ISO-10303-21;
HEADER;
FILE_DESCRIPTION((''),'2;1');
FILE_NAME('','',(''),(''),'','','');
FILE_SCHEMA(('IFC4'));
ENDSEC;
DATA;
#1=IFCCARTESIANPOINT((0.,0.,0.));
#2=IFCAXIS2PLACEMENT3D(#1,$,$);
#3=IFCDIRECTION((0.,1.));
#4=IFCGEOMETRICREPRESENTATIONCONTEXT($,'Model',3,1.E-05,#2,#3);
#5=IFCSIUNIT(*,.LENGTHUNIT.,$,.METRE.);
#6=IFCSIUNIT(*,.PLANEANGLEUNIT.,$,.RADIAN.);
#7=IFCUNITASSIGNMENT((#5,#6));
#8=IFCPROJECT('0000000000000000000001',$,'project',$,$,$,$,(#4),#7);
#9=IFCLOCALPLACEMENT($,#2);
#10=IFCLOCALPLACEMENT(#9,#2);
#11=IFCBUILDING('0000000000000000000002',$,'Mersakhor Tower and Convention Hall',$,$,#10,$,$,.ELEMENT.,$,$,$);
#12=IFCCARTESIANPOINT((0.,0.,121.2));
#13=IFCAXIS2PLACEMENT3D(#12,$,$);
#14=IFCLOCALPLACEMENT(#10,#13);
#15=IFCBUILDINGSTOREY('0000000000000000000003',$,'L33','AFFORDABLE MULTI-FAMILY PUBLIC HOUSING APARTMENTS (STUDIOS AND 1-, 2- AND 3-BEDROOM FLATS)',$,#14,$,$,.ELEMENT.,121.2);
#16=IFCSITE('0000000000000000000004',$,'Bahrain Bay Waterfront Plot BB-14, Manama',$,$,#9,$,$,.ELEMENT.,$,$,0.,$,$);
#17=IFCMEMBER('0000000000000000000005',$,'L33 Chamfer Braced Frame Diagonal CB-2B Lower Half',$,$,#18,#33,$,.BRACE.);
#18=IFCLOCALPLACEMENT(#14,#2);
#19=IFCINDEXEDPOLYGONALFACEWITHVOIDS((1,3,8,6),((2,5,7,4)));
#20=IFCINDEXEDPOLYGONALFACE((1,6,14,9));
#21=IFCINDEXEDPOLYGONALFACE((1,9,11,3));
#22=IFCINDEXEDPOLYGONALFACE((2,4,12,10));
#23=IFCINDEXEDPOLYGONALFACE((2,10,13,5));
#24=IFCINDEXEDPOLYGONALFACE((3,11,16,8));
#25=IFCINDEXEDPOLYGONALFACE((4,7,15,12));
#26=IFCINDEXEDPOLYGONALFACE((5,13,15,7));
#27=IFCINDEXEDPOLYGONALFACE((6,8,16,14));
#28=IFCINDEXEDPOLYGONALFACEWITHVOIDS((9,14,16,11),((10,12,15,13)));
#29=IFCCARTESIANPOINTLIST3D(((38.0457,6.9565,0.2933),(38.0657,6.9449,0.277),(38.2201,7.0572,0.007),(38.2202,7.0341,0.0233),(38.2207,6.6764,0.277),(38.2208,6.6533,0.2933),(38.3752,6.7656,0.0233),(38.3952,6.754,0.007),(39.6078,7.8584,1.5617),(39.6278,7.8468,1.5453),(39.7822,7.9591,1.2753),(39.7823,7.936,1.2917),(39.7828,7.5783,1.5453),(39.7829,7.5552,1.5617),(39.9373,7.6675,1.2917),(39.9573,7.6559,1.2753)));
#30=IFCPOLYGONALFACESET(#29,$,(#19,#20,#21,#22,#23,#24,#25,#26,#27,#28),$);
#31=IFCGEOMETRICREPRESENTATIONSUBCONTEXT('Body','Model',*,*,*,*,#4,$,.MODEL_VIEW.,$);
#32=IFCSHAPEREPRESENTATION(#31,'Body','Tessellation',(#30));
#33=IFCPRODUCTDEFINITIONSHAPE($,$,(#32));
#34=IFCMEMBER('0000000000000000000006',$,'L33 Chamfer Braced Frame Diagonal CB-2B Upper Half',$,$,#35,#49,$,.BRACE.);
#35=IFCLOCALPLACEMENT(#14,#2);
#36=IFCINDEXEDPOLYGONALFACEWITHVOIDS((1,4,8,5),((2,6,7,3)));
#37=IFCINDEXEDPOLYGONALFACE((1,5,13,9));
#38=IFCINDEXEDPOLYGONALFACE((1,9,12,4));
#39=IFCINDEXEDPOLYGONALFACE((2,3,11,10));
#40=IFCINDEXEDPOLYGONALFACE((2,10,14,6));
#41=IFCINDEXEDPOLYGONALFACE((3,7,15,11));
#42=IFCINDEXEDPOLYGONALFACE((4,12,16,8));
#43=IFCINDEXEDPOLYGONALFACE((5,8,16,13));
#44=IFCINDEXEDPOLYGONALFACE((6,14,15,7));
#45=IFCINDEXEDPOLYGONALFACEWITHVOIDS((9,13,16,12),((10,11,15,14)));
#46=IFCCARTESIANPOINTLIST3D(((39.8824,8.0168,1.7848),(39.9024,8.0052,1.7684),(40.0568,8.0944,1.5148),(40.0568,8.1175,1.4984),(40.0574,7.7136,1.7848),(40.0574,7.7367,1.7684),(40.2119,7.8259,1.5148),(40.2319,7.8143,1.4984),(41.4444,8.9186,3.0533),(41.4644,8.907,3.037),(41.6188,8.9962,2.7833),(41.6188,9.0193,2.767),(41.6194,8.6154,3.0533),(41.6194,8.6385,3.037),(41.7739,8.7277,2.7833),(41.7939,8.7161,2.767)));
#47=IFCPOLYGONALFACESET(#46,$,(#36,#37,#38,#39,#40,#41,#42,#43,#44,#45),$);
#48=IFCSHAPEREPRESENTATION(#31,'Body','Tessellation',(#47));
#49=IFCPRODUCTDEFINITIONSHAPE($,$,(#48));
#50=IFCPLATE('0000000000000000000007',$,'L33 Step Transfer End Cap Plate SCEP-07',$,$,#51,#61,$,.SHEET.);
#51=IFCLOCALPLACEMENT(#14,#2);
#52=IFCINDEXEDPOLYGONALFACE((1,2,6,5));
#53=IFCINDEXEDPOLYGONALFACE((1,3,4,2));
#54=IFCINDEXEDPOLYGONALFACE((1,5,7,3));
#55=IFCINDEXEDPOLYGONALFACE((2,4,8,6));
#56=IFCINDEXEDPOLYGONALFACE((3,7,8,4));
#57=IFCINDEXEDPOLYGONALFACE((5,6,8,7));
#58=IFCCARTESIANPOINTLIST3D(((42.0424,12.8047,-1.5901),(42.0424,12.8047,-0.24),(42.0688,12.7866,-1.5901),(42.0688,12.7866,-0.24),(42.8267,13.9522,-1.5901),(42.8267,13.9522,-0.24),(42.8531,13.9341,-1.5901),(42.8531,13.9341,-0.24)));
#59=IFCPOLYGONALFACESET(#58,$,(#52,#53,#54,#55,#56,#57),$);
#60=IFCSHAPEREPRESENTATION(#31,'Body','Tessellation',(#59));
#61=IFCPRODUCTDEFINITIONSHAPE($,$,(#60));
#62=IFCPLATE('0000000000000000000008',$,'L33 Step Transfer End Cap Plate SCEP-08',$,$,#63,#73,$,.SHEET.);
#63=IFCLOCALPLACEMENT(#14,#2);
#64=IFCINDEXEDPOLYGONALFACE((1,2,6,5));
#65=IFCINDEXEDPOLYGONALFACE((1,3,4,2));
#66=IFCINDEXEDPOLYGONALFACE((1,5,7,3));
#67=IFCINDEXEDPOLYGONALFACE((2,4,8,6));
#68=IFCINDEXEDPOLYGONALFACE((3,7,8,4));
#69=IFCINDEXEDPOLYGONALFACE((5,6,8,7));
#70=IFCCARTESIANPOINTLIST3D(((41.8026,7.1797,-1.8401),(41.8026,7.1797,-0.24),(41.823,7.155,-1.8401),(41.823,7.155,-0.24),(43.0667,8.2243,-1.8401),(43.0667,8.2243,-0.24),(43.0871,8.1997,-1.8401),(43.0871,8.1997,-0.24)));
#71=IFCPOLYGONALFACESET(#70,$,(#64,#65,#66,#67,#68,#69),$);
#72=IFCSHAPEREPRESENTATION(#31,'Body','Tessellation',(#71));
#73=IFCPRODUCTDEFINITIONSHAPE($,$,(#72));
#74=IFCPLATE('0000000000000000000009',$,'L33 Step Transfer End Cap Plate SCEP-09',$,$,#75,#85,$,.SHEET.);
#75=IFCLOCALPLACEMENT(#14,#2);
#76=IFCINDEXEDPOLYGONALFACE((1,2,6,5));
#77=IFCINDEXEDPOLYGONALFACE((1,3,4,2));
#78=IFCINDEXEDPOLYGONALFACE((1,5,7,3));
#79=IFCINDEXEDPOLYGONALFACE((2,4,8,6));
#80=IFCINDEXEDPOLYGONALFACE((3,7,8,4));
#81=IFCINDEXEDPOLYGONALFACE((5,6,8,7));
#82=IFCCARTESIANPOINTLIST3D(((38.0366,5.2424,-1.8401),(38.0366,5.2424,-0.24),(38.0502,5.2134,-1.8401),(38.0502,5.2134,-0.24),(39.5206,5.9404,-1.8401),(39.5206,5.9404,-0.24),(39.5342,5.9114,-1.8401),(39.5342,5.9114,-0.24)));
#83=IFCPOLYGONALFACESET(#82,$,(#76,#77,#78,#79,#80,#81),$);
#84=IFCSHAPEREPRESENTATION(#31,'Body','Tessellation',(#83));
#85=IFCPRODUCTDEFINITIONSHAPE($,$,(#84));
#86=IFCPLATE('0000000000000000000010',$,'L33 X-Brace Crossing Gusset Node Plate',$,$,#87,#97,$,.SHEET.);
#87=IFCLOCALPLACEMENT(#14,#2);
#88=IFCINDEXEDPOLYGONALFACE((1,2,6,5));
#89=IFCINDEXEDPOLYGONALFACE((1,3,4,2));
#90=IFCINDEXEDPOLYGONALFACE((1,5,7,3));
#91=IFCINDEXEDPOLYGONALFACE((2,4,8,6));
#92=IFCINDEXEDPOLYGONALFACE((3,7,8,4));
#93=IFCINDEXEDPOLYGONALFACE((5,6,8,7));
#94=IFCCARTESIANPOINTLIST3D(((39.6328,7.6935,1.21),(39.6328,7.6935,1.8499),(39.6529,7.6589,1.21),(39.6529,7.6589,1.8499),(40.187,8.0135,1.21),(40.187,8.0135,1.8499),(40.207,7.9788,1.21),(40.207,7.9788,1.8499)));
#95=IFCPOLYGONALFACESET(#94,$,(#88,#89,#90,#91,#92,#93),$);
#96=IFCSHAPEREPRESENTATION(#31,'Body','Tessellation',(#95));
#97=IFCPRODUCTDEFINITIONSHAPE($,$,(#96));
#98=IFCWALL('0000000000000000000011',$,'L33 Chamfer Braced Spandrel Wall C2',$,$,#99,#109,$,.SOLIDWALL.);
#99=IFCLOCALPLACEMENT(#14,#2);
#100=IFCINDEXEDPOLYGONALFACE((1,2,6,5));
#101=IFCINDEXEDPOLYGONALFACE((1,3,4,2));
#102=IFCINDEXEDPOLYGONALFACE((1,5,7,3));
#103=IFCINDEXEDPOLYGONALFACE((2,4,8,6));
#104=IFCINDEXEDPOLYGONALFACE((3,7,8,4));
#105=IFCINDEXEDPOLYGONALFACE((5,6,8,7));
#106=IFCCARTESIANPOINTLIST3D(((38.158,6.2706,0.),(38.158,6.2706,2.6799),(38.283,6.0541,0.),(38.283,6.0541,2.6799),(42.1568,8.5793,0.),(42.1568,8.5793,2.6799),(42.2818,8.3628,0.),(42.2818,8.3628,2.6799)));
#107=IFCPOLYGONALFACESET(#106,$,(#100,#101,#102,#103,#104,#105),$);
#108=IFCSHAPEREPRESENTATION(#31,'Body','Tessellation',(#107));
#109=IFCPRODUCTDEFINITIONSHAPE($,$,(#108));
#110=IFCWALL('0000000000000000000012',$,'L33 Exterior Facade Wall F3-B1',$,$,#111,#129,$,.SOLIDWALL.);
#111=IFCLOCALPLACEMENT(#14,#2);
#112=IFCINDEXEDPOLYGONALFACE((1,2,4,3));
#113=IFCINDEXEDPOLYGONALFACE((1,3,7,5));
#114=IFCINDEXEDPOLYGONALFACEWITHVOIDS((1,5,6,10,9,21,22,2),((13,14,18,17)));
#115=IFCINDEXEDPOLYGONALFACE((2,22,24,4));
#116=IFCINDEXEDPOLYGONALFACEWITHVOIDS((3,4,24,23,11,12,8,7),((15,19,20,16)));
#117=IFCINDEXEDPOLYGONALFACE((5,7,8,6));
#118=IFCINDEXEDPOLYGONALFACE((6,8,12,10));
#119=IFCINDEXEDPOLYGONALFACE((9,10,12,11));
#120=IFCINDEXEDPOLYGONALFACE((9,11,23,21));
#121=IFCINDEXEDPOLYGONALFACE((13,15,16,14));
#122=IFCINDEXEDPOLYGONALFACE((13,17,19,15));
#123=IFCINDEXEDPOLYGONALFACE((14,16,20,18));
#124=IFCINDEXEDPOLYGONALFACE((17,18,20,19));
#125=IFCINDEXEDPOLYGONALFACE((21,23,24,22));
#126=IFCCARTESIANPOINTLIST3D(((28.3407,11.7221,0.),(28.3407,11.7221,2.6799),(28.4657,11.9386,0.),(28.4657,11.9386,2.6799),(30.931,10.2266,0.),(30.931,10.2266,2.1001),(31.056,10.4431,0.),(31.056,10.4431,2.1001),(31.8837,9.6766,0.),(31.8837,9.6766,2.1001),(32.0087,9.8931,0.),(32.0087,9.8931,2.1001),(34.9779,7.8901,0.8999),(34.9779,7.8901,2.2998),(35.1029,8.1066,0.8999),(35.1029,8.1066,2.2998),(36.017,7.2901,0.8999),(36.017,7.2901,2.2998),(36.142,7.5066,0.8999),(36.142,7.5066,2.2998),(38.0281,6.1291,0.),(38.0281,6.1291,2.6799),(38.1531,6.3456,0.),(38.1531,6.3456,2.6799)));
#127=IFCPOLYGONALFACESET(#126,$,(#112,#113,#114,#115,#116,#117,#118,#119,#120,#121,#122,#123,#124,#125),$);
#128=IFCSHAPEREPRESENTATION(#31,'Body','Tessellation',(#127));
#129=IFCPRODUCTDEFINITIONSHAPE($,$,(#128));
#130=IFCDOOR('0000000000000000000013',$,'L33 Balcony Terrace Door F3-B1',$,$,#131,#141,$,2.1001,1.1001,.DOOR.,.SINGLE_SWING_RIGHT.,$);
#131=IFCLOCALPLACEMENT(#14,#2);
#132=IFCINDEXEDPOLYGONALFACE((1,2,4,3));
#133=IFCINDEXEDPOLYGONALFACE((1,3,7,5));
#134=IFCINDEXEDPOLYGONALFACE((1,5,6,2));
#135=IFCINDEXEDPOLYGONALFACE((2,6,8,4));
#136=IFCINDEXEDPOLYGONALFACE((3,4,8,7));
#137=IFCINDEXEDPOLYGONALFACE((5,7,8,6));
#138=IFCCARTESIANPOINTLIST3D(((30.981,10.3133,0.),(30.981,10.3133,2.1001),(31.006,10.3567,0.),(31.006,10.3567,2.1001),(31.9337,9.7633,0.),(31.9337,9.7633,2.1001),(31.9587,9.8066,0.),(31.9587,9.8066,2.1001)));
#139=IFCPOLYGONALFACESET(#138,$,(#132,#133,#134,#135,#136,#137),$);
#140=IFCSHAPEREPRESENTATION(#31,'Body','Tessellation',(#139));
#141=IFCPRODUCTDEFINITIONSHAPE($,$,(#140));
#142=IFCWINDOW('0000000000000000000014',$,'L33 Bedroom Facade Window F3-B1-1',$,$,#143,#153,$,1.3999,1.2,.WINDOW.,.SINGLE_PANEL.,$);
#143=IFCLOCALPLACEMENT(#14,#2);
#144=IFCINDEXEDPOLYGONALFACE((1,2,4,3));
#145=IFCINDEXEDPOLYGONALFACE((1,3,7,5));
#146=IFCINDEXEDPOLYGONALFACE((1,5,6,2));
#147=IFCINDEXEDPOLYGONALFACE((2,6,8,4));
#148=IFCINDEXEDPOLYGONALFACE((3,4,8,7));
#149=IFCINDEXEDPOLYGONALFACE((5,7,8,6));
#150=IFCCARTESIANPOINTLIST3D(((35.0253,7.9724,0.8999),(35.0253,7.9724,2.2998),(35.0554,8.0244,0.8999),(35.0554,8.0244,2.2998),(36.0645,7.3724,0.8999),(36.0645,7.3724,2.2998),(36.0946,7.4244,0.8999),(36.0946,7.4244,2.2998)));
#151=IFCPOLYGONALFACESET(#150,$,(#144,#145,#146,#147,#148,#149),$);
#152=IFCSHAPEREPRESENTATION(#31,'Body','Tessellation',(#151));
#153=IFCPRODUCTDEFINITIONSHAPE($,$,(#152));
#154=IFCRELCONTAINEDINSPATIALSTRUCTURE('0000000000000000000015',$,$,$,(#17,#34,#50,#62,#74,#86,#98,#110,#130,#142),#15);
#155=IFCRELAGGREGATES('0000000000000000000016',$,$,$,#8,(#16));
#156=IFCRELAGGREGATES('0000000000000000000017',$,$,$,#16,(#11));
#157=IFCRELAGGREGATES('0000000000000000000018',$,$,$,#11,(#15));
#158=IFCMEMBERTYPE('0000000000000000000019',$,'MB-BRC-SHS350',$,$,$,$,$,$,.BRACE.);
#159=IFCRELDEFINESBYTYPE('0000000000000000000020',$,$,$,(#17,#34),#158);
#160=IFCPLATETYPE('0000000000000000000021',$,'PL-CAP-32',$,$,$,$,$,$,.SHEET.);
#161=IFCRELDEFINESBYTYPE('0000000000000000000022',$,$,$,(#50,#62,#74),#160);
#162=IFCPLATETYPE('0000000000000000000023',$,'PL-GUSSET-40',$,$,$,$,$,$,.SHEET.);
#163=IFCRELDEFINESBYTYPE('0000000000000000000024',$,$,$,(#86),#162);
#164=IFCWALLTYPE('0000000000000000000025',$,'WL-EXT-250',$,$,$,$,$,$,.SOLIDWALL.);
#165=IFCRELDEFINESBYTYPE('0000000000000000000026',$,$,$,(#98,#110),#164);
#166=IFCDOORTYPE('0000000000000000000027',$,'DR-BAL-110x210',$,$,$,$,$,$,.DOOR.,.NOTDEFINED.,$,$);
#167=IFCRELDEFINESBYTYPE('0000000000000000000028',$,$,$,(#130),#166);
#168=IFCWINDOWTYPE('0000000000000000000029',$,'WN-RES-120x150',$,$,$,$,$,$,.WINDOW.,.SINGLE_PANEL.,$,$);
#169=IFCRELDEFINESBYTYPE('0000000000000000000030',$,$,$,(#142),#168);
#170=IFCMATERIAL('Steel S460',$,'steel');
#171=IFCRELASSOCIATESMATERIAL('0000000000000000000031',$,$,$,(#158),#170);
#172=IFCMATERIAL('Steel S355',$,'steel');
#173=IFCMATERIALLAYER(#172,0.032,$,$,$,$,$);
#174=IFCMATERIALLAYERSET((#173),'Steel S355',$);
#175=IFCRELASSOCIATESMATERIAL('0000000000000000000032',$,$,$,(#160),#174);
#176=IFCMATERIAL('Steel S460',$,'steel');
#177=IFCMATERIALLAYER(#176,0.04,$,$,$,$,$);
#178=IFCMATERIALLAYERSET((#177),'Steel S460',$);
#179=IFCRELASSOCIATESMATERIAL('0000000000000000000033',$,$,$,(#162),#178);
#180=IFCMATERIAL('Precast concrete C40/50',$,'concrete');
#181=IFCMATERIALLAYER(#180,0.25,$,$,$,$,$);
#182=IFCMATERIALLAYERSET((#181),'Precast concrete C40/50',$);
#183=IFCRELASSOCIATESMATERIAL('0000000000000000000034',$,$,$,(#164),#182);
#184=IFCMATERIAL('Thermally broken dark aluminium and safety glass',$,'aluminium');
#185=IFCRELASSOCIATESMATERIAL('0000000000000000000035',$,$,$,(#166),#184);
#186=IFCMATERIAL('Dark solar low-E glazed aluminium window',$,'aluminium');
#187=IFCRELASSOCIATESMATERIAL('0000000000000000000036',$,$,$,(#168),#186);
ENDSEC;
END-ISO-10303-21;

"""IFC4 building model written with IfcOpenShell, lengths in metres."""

from ifc_helpers import new_model, si_unit, direction, frame, frame_2d, origin, origin_2d, place, context, subcontext, project, spatial, rectangle, hollow_rectangle, extrude, material, layer, layer_set, material_profile, profile_set, type_object, element, fill, save


model = new_model("IFC4")

# Units and contexts
model_context = context("Model", 3, precision=1e-05, world=origin(), true_north=direction((0.0, 1.0)))
body_context = subcontext(model_context, "Body", "Model", "MODEL_VIEW")
ifc_project = project(units=[si_unit("LENGTHUNIT", "METRE"), si_unit("PLANEANGLEUNIT", "RADIAN")], contexts=[model_context])

# Site, building, storey
site_placement = place(None, origin())
site = spatial("IfcSite", under=ifc_project, at=site_placement, Name="Bahrain Bay Waterfront Plot BB-14, Manama", CompositionType="ELEMENT", RefElevation=0.0)
building_placement = place(site_placement, origin())
building = spatial("IfcBuilding", under=site, at=building_placement, Name="Mersakhor Tower and Convention Hall", CompositionType="ELEMENT")
storey_placement = place(building_placement, frame((0.0, 0.0, 121.2)))
storey = spatial("IfcBuildingStorey", under=building, at=storey_placement, Name="L33", Description="AFFORDABLE MULTI-FAMILY PUBLIC HOUSING APARTMENTS (STUDIOS AND 1-, 2- AND 3-BEDROOM FLATS)", CompositionType="ELEMENT", Elevation=121.2)

# Members
ifc_material_1 = material(Name="Steel S460", Category="steel")
ifc_material_profile_1 = material_profile(ifc_material_1, hollow_rectangle(XDim=0.3501, YDim=0.3501, WallThickness=0.02, at=origin_2d()), Name="SHS 350x350x20")
ifc_profile_set_1 = profile_set([ifc_material_profile_1], Name="Steel S460")
member_type = type_object("IfcMemberType", Name="MB-BRC-SHS350", PredefinedType="BRACE", material=ifc_profile_set_1)
for number, where, z_axis, x_axis, name in (
    (1, (38.2205, 6.8552, 0.1501), (0.708409, 0.409013, 0.575209), (-0.500011, 0.866019, 0.0), "L33 Chamfer Braced Frame Diagonal CB-2B Lower Half"),
    (2, (40.0571, 7.9155, 1.6416), (0.708364, 0.408987, 0.575283), (-0.500011, 0.866019, 0.0), "L33 Chamfer Braced Frame Diagonal CB-2B Upper Half"),
):
    element("IfcMember", number, at=place(storey_placement, frame(where, z_axis=z_axis, x_axis=x_axis)), inside=storey, type_object=member_type, Name=name, PredefinedType="BRACE", context=body_context, shape_type="SweptSolid", body=[
        extrude(hollow_rectangle(XDim=0.3501, YDim=0.3501, WallThickness=0.02, at=origin_2d()), origin(), (0.0, 0.0, 1.0), 2.2051),
    ])

# Plates
ifc_material_2 = material(Name="Steel S355", Category="steel")
ifc_layer_1 = layer(ifc_material_2, 0.032)
ifc_layer_set_1 = layer_set([ifc_layer_1], Name="Steel S355")
plate_type_1 = type_object("IfcPlateType", Name="PL-CAP-32", PredefinedType="SHEET", material=ifc_layer_set_1)
plate_1_placement = place(storey_placement, frame((42.4478, 13.3694, -1.5901), z_axis=(0.0, 0.0, 1.0), x_axis=(-0.825606, 0.564247, 0.0)))
element("IfcPlate", 3, at=plate_1_placement, inside=storey, type_object=plate_type_1, Name="L33 Step Transfer End Cap Plate SCEP-07", PredefinedType="SHEET", context=body_context, shape_type="SweptSolid", body=[
    extrude(rectangle(XDim=0.032, YDim=1.3899, at=origin_2d()), origin(), (0.0, 0.0, 1.0), 1.3501),
])
for number, where, z_axis, x_axis, name in (
    (4, (42.4448, 7.6897, -1.8401), (0.0, 0.0, 1.0), (-0.63702, 0.770847, 0.0), "L33 Step Transfer End Cap Plate SCEP-08"),
    (5, (38.7854, 5.5769, -1.8401), (0.0, 0.0, 1.0), (-0.425621, 0.904901, 0.0), "L33 Step Transfer End Cap Plate SCEP-09"),
):
    element("IfcPlate", number, at=place(storey_placement, frame(where, z_axis=z_axis, x_axis=x_axis)), inside=storey, type_object=plate_type_1, Name=name, PredefinedType="SHEET", context=body_context, shape_type="SweptSolid", body=[
        extrude(rectangle(XDim=0.032, YDim=1.6399, at=origin_2d()), origin(), (0.0, 0.0, 1.0), 1.6001),
    ])
ifc_material_3 = material(Name="Steel S460", Category="steel")
ifc_layer_2 = layer(ifc_material_3, 0.04)
ifc_layer_set_2 = layer_set([ifc_layer_2], Name="Steel S460")
plate_type_2 = type_object("IfcPlateType", Name="PL-GUSSET-40", PredefinedType="SHEET", material=ifc_layer_set_2)
plate_2_placement = place(storey_placement, frame((39.9199, 7.8362, 1.21), z_axis=(0.0, 0.0, 1.0), x_axis=(0.866025, 0.5, 0.0)))
element("IfcPlate", 6, at=plate_2_placement, inside=storey, type_object=plate_type_2, Name="L33 X-Brace Crossing Gusset Node Plate", PredefinedType="SHEET", context=body_context, shape_type="SweptSolid", body=[
    extrude(rectangle(XDim=0.6399, YDim=0.04, at=origin_2d()), origin(), (0.0, 0.0, 1.0), 0.6399),
])

# Wall
ifc_material_4 = material(Name="Precast concrete C40/50", Category="concrete")
ifc_layer_3 = layer(ifc_material_4, 0.25)
ifc_layer_set_3 = layer_set([ifc_layer_3], Name="Precast concrete C40/50")
wall_type_1 = type_object("IfcWallType", Name="WL-EXT-250", PredefinedType="SOLIDWALL", material=ifc_layer_set_3)
wall_1_placement = place(storey_placement, frame((42.2192, 8.4709, 0.0), z_axis=(0.0, 0.0, 1.0), x_axis=(-0.866035, -0.499983, 0.0)))
element("IfcWall", 7, at=wall_1_placement, inside=storey, type_object=wall_type_1, Name="L33 Chamfer Braced Spandrel Wall C2", PredefinedType="SOLIDWALL", context=body_context, shape_type="SweptSolid", body=[
    extrude(rectangle(XDim=4.6174, YDim=0.25, at=frame_2d((2.3086, 0.0))), origin(), (0.0, 0.0, 1.0), 2.6799),
])

# Wall, openings, door, window
wall_2_placement = place(storey_placement, frame((38.0906, 6.2373, 0.0), z_axis=(0.0, 0.0, 1.0), x_axis=(-0.866022, 0.500005, 0.0)))
wall_2 = element("IfcWall", 8, at=wall_2_placement, inside=storey, type_object=wall_type_1, Name="L33 Exterior Facade Wall F3-B1", PredefinedType="SOLIDWALL", context=body_context, shape_type="SweptSolid", body=[
    extrude(rectangle(XDim=11.186, YDim=0.25, at=frame_2d((5.593, 0.0))), origin(), (0.0, 0.0, 1.0), 2.6799),
])
opening_1_placement = place(wall_2_placement, frame((7.095, 0.0, 0.0)))
opening_1 = element("IfcOpeningElement", 9, at=opening_1_placement, cuts=wall_2, PredefinedType="OPENING", context=body_context, shape_type="SweptSolid", body=[
    extrude(rectangle(XDim=1.1001, YDim=2.1001, at=frame_2d((0.55, 1.05))), frame((0.0, 0.135, 0.0), z_axis=(0.0, -1.0, 0.0), x_axis=(1.0, 0.0, 0.0)), (0.0, 0.0, 1.0), 0.27),
])
opening_2_placement = place(wall_2_placement, frame((2.322, 0.0, 0.8999)))
opening_2 = element("IfcOpeningElement", 10, at=opening_2_placement, cuts=wall_2, PredefinedType="OPENING", context=body_context, shape_type="SweptSolid", body=[
    extrude(rectangle(XDim=1.2, YDim=1.3999, at=frame_2d((0.6001, 0.7))), frame((0.0, 0.135, 0.0), z_axis=(0.0, -1.0, 0.0), x_axis=(1.0, 0.0, 0.0)), (0.0, 0.0, 1.0), 0.27),
])
ifc_material_5 = material(Name="Thermally broken dark aluminium and safety glass", Category="aluminium")
door_type_1 = type_object("IfcDoorType", Name="DR-BAL-110x210", OperationType="NOTDEFINED", PredefinedType="DOOR", material=ifc_material_5)
door_1_placement = place(opening_1_placement, origin())
door_1 = element("IfcDoor", 11, at=door_1_placement, inside=storey, type_object=door_type_1, Name="L33 Balcony Terrace Door F3-B1", OperationType="SINGLE_SWING_RIGHT", OverallHeight=2.1001, OverallWidth=1.1001, PredefinedType="DOOR", context=body_context, shape_type="SweptSolid", body=[
    extrude(rectangle(XDim=1.1001, YDim=2.1001, at=frame_2d((0.55, 1.05))), frame((0.0, 0.0249, 0.0), z_axis=(0.0, -1.0, 0.0), x_axis=(1.0, 0.0, 0.0)), (0.0, 0.0, 1.0), 0.05),
])
fill(opening_1, door_1)
ifc_material_6 = material(Name="Dark solar low-E glazed aluminium window", Category="aluminium")
window_type = type_object("IfcWindowType", Name="WN-RES-120x150", PartitioningType="SINGLE_PANEL", PredefinedType="WINDOW", material=ifc_material_6)
window_placement = place(opening_2_placement, origin())
window = element("IfcWindow", 12, at=window_placement, inside=storey, type_object=window_type, Name="L33 Bedroom Facade Window F3-B1-1", OverallHeight=1.3999, OverallWidth=1.2, PartitioningType="SINGLE_PANEL", PredefinedType="WINDOW", context=body_context, shape_type="SweptSolid", body=[
    extrude(rectangle(XDim=1.2, YDim=1.3999, at=frame_2d((0.6001, 0.7))), frame((0.0, 0.03, 0.0), z_axis=(0.0, -1.0, 0.0), x_axis=(1.0, 0.0, 0.0)), (0.0, 0.0, 1.0), 0.0601),
])
fill(opening_2, window)

save(model, "model.ifc")
